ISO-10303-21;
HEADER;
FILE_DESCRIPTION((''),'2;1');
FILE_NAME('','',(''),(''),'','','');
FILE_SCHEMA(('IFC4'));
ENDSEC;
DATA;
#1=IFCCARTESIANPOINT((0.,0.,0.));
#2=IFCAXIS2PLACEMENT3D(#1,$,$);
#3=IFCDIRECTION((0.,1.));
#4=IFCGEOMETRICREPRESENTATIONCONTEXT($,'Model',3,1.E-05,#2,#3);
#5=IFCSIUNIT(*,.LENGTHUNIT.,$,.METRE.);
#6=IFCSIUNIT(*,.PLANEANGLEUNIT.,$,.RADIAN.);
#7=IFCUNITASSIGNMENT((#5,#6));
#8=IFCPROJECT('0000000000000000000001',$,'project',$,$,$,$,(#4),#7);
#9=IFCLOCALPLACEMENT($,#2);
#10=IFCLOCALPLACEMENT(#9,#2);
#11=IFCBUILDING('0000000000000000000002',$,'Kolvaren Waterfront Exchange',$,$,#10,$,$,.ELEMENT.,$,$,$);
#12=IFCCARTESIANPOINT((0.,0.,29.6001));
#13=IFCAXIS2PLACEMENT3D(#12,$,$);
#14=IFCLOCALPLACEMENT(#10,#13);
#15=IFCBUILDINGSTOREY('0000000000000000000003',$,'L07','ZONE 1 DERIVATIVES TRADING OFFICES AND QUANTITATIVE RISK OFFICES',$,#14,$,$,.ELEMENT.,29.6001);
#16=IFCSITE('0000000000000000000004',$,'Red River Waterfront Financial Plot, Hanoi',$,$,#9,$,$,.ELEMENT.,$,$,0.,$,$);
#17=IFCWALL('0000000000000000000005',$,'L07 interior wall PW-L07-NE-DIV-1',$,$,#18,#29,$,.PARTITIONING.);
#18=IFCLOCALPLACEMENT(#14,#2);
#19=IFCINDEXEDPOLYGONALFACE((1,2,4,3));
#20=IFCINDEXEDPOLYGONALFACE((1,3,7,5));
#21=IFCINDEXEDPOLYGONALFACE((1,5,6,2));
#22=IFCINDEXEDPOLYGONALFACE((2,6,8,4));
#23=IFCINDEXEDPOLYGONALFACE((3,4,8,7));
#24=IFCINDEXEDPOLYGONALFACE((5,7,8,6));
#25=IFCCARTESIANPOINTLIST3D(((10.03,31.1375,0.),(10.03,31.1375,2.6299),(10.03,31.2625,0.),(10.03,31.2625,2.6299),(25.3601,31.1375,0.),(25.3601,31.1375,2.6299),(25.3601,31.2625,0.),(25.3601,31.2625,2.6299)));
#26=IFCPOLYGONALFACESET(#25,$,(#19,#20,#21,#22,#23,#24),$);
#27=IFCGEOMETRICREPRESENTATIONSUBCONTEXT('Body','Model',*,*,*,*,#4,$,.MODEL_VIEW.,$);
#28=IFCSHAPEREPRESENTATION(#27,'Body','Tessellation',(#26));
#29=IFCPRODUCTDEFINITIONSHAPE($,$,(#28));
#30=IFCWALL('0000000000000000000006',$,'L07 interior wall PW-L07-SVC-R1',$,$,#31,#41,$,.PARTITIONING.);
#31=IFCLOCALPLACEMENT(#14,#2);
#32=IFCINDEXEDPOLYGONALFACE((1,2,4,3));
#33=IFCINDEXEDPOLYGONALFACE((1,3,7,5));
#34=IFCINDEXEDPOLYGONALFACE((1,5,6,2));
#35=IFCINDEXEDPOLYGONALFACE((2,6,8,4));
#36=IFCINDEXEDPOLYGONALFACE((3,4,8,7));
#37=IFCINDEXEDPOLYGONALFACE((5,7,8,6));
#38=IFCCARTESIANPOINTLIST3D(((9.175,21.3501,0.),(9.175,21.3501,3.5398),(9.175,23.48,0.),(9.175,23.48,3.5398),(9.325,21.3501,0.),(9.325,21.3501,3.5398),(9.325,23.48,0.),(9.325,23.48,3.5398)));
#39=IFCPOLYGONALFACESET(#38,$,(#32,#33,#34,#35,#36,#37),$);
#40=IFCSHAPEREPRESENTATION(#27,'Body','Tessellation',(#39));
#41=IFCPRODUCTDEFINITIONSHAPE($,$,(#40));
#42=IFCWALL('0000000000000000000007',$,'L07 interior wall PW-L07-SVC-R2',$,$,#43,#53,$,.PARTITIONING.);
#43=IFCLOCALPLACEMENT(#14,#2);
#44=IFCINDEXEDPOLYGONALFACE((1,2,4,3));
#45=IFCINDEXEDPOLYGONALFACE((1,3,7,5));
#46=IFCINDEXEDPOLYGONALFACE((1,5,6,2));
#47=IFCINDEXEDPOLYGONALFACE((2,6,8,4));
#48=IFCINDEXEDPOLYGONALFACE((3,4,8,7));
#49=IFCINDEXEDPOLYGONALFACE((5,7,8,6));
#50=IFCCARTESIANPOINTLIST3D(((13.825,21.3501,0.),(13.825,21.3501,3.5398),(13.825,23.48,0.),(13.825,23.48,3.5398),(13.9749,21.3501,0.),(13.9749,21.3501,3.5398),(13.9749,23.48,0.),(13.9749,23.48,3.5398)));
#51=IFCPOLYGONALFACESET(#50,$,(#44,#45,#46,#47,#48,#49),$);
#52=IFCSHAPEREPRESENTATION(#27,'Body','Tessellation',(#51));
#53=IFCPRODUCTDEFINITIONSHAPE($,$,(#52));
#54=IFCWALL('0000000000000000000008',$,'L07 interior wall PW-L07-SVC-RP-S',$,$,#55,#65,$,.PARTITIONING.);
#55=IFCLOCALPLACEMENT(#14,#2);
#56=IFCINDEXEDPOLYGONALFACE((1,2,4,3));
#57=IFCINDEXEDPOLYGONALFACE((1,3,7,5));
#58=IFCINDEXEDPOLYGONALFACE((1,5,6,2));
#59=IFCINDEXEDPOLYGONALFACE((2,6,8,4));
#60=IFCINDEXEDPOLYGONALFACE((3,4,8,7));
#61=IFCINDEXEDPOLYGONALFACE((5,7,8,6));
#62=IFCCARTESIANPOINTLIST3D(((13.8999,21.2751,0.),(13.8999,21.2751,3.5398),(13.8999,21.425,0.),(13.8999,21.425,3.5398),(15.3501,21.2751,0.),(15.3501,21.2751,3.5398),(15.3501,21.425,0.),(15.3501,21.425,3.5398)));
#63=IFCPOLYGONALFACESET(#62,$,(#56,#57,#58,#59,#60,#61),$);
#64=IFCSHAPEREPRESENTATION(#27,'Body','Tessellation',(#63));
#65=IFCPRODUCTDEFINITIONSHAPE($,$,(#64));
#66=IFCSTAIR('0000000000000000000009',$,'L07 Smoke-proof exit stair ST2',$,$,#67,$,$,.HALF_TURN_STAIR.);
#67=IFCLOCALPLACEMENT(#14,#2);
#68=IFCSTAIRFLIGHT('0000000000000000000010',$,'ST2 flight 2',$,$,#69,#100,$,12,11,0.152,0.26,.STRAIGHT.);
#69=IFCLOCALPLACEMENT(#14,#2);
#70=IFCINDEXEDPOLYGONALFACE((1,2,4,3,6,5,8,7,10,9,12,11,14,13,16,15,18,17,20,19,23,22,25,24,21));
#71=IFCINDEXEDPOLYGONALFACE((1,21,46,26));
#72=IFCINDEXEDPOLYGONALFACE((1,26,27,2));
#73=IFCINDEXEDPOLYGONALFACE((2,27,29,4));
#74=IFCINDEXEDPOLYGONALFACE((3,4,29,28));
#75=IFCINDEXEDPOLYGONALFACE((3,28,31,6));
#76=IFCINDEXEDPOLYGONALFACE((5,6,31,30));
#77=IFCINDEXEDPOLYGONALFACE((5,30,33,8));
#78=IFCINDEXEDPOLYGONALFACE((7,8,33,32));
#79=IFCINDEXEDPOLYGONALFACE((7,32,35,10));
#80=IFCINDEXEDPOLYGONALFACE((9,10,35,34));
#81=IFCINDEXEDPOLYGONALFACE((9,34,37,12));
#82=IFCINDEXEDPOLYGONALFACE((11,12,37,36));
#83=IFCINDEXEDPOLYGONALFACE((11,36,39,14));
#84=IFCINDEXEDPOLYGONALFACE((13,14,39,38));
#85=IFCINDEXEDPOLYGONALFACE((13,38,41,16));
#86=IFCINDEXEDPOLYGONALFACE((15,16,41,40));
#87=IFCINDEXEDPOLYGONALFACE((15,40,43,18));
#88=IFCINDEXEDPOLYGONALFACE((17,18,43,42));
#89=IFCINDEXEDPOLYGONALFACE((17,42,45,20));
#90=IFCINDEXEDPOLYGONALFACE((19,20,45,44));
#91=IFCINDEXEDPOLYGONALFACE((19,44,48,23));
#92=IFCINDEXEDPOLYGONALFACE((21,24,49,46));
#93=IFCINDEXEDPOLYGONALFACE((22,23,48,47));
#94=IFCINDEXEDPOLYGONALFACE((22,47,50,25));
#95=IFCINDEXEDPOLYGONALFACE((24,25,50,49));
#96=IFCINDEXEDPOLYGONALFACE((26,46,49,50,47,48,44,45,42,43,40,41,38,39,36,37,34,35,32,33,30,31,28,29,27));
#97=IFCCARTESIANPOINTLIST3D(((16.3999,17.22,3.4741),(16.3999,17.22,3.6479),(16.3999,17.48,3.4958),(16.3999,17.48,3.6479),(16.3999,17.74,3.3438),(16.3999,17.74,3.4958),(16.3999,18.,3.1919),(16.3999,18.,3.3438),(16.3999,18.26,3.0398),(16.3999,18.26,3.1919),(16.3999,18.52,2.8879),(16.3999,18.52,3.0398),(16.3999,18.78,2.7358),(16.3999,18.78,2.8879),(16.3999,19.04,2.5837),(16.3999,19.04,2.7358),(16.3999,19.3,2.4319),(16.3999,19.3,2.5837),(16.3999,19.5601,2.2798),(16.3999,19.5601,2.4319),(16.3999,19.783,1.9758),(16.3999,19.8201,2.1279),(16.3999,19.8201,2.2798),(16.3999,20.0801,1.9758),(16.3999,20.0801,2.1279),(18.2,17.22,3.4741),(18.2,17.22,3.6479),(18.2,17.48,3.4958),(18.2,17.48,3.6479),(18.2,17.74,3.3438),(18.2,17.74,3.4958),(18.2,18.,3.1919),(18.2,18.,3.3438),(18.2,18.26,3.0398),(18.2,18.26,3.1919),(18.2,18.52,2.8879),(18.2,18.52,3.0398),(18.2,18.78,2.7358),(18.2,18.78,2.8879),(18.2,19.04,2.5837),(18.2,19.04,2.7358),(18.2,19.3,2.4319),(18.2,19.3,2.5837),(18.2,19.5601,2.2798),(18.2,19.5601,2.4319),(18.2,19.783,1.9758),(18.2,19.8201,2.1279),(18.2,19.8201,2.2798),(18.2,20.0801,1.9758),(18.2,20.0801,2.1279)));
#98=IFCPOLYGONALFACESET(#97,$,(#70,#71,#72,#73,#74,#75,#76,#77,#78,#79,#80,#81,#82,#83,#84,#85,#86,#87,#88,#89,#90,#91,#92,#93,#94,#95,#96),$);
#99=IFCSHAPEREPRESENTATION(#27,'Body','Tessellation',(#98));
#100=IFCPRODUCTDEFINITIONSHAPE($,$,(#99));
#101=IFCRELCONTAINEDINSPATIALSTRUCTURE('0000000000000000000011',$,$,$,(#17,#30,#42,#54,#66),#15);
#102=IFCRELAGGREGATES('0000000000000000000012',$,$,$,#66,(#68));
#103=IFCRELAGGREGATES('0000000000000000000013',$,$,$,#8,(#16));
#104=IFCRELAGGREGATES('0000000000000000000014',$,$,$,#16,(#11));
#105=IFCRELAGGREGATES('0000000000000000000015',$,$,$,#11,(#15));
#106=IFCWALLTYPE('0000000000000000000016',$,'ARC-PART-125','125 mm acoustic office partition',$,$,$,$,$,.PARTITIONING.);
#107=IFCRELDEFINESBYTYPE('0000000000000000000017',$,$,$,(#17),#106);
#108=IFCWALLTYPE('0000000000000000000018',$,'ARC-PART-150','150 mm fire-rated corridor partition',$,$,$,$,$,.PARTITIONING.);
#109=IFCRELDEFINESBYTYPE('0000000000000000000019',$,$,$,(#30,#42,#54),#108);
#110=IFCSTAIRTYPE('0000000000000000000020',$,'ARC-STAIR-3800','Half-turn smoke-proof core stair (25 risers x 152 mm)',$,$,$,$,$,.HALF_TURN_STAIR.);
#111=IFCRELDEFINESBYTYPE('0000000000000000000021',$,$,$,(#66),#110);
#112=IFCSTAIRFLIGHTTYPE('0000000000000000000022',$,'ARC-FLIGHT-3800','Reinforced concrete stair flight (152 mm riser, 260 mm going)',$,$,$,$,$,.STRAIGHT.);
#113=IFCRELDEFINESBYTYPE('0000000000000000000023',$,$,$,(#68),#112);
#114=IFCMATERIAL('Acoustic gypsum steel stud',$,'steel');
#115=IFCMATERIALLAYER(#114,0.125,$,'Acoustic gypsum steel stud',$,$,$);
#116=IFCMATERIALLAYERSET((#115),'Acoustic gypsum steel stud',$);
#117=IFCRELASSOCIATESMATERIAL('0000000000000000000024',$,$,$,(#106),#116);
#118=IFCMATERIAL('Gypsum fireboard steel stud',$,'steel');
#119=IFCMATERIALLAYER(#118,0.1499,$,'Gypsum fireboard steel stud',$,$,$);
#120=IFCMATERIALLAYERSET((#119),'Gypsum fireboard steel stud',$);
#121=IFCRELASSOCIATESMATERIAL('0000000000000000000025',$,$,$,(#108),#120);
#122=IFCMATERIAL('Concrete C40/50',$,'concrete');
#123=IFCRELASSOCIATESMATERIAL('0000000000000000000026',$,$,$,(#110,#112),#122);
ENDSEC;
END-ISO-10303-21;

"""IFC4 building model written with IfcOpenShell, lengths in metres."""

from ifc_helpers import new_model, si_unit, direction, frame, frame_2d, origin, place, context, subcontext, project, spatial, polyline, rectangle, outline, extrude, material, layer, layer_set, type_object, element, aggregate, save


model = new_model("IFC4")

# Units and contexts
model_context = context("Model", 3, precision=1e-05, world=origin(), true_north=direction((0.0, 1.0)))
body_context = subcontext(model_context, "Body", "Model", "MODEL_VIEW")
ifc_project = project(units=[si_unit("LENGTHUNIT", "METRE"), si_unit("PLANEANGLEUNIT", "RADIAN")], contexts=[model_context])

# Site, building, storey
site_placement = place(None, origin())
site = spatial("IfcSite", under=ifc_project, at=site_placement, Name="Red River Waterfront Financial Plot, Hanoi", CompositionType="ELEMENT", RefElevation=0.0)
building_placement = place(site_placement, origin())
building = spatial("IfcBuilding", under=site, at=building_placement, Name="Kolvaren Waterfront Exchange", CompositionType="ELEMENT")
storey_placement = place(building_placement, frame((0.0, 0.0, 29.6001)))
storey = spatial("IfcBuildingStorey", under=building, at=storey_placement, Name="L07", Description="ZONE 1 DERIVATIVES TRADING OFFICES AND QUANTITATIVE RISK OFFICES", CompositionType="ELEMENT", Elevation=29.6001)

# Shared definitions
ifc_material_1 = material(Name="Acoustic gypsum steel stud", Category="steel")
ifc_layer_1 = layer(ifc_material_1, 0.125, Name="Acoustic gypsum steel stud")
ifc_layer_set_1 = layer_set([ifc_layer_1], Name="Acoustic gypsum steel stud")
wall_type_1 = type_object("IfcWallType", Name="ARC-PART-125", Description="125 mm acoustic office partition", PredefinedType="PARTITIONING", material=ifc_layer_set_1)

# Walls
wall_1_placement = place(storey_placement, frame((10.03, 31.2, 0.0), z_axis=(0.0, 0.0, 1.0), x_axis=(1.0, 0.0, 0.0)))
element("IfcWall", 1, at=wall_1_placement, inside=storey, type_object=wall_type_1, Name="L07 interior wall PW-L07-NE-DIV-1", PredefinedType="PARTITIONING", context=body_context, shape_type="SweptSolid", body=[
    extrude(rectangle(XDim=15.3301, YDim=0.125, at=frame_2d((7.665, 0.0))), origin(), (0.0, 0.0, 1.0), 2.6299),
])
ifc_material_2 = material(Name="Gypsum fireboard steel stud", Category="steel")
ifc_layer_2 = layer(ifc_material_2, 0.1499, Name="Gypsum fireboard steel stud")
ifc_layer_set_2 = layer_set([ifc_layer_2], Name="Gypsum fireboard steel stud")
wall_type_2 = type_object("IfcWallType", Name="ARC-PART-150", Description="150 mm fire-rated corridor partition", PredefinedType="PARTITIONING", material=ifc_layer_set_2)
for number, where, z_axis, x_axis, name in (
    (2, (9.25, 21.3501, 0.0), (0.0, 0.0, 1.0), (0.0, 1.0, 0.0), "L07 interior wall PW-L07-SVC-R1"),
    (3, (13.8999, 21.3501, 0.0), (0.0, 0.0, 1.0), (0.0, 1.0, 0.0), "L07 interior wall PW-L07-SVC-R2"),
):
    element("IfcWall", number, at=place(storey_placement, frame(where, z_axis=z_axis, x_axis=x_axis)), inside=storey, type_object=wall_type_2, Name=name, PredefinedType="PARTITIONING", context=body_context, shape_type="SweptSolid", body=[
        extrude(rectangle(XDim=2.1299, YDim=0.1499, at=frame_2d((1.0649, 0.0))), origin(), (0.0, 0.0, 1.0), 3.5398),
    ])

# Wall
wall_2_placement = place(storey_placement, frame((13.8999, 21.3501, 0.0), z_axis=(0.0, 0.0, 1.0), x_axis=(1.0, 0.0, 0.0)))
element("IfcWall", 4, at=wall_2_placement, inside=storey, type_object=wall_type_2, Name="L07 interior wall PW-L07-SVC-RP-S", PredefinedType="PARTITIONING", context=body_context, shape_type="SweptSolid", body=[
    extrude(rectangle(XDim=1.4502, YDim=0.1499, at=frame_2d((0.7251, 0.0))), origin(), (0.0, 0.0, 1.0), 3.5398),
])

# Stair, stair flight
ifc_material_3 = material(Name="Concrete C40/50", Category="concrete")
stair_type = type_object("IfcStairType", Name="ARC-STAIR-3800", Description="Half-turn smoke-proof core stair (25 risers x 152 mm)", PredefinedType="HALF_TURN_STAIR", material=ifc_material_3)
stair_placement = place(storey_placement, origin())
stair = element("IfcStair", 5, at=stair_placement, inside=storey, type_object=stair_type, Name="L07 Smoke-proof exit stair ST2", PredefinedType="HALF_TURN_STAIR")
stair_flight_type = type_object("IfcStairFlightType", Name="ARC-FLIGHT-3800", Description="Reinforced concrete stair flight (152 mm riser, 260 mm going)", PredefinedType="STRAIGHT", material=ifc_material_3)
stair_flight_placement = place(storey_placement, frame((17.3, 20.0801, 1.9758), z_axis=(0.0, 0.0, 1.0), x_axis=(0.0, -1.0, 0.0)))
stair_flight = element("IfcStairFlight", 6, at=stair_flight_placement, type_object=stair_flight_type, Name="ST2 flight 2", NumberOfRisers=12, NumberOfTreads=11, PredefinedType="STRAIGHT", RiserHeight=0.152, TreadLength=0.26, context=body_context, shape_type="SweptSolid", body=[
    extrude(outline(polyline([(0.0, 0.0), (0.0, 0.1521), (0.26, 0.1521), (0.26, 0.304), (0.52, 0.304), (0.52, 0.4561), (0.78, 0.4561), (0.78, 0.6079), (1.04, 0.6079), (1.04, 0.76), (1.3, 0.76), (1.3, 0.9121), (1.5601, 0.9121), (1.5601, 1.064), (1.8201, 1.064), (1.8201, 1.2161), (2.0801, 1.2161), (2.0801, 1.3679), (2.3401, 1.3679), (2.3401, 1.52), (2.6001, 1.52), (2.6001, 1.6721), (2.8601, 1.6721), (2.8601, 1.824), (2.8601, 1.4983), (0.2971, 0.0), (0.0, 0.0)])), frame((0.0, 0.8999, 0.0), z_axis=(0.0, -1.0, 0.0), x_axis=(1.0, 0.0, 0.0)), (0.0, 0.0, 1.0), 1.8),
])
aggregate(stair, [stair_flight])

save(model, "model.ifc")
